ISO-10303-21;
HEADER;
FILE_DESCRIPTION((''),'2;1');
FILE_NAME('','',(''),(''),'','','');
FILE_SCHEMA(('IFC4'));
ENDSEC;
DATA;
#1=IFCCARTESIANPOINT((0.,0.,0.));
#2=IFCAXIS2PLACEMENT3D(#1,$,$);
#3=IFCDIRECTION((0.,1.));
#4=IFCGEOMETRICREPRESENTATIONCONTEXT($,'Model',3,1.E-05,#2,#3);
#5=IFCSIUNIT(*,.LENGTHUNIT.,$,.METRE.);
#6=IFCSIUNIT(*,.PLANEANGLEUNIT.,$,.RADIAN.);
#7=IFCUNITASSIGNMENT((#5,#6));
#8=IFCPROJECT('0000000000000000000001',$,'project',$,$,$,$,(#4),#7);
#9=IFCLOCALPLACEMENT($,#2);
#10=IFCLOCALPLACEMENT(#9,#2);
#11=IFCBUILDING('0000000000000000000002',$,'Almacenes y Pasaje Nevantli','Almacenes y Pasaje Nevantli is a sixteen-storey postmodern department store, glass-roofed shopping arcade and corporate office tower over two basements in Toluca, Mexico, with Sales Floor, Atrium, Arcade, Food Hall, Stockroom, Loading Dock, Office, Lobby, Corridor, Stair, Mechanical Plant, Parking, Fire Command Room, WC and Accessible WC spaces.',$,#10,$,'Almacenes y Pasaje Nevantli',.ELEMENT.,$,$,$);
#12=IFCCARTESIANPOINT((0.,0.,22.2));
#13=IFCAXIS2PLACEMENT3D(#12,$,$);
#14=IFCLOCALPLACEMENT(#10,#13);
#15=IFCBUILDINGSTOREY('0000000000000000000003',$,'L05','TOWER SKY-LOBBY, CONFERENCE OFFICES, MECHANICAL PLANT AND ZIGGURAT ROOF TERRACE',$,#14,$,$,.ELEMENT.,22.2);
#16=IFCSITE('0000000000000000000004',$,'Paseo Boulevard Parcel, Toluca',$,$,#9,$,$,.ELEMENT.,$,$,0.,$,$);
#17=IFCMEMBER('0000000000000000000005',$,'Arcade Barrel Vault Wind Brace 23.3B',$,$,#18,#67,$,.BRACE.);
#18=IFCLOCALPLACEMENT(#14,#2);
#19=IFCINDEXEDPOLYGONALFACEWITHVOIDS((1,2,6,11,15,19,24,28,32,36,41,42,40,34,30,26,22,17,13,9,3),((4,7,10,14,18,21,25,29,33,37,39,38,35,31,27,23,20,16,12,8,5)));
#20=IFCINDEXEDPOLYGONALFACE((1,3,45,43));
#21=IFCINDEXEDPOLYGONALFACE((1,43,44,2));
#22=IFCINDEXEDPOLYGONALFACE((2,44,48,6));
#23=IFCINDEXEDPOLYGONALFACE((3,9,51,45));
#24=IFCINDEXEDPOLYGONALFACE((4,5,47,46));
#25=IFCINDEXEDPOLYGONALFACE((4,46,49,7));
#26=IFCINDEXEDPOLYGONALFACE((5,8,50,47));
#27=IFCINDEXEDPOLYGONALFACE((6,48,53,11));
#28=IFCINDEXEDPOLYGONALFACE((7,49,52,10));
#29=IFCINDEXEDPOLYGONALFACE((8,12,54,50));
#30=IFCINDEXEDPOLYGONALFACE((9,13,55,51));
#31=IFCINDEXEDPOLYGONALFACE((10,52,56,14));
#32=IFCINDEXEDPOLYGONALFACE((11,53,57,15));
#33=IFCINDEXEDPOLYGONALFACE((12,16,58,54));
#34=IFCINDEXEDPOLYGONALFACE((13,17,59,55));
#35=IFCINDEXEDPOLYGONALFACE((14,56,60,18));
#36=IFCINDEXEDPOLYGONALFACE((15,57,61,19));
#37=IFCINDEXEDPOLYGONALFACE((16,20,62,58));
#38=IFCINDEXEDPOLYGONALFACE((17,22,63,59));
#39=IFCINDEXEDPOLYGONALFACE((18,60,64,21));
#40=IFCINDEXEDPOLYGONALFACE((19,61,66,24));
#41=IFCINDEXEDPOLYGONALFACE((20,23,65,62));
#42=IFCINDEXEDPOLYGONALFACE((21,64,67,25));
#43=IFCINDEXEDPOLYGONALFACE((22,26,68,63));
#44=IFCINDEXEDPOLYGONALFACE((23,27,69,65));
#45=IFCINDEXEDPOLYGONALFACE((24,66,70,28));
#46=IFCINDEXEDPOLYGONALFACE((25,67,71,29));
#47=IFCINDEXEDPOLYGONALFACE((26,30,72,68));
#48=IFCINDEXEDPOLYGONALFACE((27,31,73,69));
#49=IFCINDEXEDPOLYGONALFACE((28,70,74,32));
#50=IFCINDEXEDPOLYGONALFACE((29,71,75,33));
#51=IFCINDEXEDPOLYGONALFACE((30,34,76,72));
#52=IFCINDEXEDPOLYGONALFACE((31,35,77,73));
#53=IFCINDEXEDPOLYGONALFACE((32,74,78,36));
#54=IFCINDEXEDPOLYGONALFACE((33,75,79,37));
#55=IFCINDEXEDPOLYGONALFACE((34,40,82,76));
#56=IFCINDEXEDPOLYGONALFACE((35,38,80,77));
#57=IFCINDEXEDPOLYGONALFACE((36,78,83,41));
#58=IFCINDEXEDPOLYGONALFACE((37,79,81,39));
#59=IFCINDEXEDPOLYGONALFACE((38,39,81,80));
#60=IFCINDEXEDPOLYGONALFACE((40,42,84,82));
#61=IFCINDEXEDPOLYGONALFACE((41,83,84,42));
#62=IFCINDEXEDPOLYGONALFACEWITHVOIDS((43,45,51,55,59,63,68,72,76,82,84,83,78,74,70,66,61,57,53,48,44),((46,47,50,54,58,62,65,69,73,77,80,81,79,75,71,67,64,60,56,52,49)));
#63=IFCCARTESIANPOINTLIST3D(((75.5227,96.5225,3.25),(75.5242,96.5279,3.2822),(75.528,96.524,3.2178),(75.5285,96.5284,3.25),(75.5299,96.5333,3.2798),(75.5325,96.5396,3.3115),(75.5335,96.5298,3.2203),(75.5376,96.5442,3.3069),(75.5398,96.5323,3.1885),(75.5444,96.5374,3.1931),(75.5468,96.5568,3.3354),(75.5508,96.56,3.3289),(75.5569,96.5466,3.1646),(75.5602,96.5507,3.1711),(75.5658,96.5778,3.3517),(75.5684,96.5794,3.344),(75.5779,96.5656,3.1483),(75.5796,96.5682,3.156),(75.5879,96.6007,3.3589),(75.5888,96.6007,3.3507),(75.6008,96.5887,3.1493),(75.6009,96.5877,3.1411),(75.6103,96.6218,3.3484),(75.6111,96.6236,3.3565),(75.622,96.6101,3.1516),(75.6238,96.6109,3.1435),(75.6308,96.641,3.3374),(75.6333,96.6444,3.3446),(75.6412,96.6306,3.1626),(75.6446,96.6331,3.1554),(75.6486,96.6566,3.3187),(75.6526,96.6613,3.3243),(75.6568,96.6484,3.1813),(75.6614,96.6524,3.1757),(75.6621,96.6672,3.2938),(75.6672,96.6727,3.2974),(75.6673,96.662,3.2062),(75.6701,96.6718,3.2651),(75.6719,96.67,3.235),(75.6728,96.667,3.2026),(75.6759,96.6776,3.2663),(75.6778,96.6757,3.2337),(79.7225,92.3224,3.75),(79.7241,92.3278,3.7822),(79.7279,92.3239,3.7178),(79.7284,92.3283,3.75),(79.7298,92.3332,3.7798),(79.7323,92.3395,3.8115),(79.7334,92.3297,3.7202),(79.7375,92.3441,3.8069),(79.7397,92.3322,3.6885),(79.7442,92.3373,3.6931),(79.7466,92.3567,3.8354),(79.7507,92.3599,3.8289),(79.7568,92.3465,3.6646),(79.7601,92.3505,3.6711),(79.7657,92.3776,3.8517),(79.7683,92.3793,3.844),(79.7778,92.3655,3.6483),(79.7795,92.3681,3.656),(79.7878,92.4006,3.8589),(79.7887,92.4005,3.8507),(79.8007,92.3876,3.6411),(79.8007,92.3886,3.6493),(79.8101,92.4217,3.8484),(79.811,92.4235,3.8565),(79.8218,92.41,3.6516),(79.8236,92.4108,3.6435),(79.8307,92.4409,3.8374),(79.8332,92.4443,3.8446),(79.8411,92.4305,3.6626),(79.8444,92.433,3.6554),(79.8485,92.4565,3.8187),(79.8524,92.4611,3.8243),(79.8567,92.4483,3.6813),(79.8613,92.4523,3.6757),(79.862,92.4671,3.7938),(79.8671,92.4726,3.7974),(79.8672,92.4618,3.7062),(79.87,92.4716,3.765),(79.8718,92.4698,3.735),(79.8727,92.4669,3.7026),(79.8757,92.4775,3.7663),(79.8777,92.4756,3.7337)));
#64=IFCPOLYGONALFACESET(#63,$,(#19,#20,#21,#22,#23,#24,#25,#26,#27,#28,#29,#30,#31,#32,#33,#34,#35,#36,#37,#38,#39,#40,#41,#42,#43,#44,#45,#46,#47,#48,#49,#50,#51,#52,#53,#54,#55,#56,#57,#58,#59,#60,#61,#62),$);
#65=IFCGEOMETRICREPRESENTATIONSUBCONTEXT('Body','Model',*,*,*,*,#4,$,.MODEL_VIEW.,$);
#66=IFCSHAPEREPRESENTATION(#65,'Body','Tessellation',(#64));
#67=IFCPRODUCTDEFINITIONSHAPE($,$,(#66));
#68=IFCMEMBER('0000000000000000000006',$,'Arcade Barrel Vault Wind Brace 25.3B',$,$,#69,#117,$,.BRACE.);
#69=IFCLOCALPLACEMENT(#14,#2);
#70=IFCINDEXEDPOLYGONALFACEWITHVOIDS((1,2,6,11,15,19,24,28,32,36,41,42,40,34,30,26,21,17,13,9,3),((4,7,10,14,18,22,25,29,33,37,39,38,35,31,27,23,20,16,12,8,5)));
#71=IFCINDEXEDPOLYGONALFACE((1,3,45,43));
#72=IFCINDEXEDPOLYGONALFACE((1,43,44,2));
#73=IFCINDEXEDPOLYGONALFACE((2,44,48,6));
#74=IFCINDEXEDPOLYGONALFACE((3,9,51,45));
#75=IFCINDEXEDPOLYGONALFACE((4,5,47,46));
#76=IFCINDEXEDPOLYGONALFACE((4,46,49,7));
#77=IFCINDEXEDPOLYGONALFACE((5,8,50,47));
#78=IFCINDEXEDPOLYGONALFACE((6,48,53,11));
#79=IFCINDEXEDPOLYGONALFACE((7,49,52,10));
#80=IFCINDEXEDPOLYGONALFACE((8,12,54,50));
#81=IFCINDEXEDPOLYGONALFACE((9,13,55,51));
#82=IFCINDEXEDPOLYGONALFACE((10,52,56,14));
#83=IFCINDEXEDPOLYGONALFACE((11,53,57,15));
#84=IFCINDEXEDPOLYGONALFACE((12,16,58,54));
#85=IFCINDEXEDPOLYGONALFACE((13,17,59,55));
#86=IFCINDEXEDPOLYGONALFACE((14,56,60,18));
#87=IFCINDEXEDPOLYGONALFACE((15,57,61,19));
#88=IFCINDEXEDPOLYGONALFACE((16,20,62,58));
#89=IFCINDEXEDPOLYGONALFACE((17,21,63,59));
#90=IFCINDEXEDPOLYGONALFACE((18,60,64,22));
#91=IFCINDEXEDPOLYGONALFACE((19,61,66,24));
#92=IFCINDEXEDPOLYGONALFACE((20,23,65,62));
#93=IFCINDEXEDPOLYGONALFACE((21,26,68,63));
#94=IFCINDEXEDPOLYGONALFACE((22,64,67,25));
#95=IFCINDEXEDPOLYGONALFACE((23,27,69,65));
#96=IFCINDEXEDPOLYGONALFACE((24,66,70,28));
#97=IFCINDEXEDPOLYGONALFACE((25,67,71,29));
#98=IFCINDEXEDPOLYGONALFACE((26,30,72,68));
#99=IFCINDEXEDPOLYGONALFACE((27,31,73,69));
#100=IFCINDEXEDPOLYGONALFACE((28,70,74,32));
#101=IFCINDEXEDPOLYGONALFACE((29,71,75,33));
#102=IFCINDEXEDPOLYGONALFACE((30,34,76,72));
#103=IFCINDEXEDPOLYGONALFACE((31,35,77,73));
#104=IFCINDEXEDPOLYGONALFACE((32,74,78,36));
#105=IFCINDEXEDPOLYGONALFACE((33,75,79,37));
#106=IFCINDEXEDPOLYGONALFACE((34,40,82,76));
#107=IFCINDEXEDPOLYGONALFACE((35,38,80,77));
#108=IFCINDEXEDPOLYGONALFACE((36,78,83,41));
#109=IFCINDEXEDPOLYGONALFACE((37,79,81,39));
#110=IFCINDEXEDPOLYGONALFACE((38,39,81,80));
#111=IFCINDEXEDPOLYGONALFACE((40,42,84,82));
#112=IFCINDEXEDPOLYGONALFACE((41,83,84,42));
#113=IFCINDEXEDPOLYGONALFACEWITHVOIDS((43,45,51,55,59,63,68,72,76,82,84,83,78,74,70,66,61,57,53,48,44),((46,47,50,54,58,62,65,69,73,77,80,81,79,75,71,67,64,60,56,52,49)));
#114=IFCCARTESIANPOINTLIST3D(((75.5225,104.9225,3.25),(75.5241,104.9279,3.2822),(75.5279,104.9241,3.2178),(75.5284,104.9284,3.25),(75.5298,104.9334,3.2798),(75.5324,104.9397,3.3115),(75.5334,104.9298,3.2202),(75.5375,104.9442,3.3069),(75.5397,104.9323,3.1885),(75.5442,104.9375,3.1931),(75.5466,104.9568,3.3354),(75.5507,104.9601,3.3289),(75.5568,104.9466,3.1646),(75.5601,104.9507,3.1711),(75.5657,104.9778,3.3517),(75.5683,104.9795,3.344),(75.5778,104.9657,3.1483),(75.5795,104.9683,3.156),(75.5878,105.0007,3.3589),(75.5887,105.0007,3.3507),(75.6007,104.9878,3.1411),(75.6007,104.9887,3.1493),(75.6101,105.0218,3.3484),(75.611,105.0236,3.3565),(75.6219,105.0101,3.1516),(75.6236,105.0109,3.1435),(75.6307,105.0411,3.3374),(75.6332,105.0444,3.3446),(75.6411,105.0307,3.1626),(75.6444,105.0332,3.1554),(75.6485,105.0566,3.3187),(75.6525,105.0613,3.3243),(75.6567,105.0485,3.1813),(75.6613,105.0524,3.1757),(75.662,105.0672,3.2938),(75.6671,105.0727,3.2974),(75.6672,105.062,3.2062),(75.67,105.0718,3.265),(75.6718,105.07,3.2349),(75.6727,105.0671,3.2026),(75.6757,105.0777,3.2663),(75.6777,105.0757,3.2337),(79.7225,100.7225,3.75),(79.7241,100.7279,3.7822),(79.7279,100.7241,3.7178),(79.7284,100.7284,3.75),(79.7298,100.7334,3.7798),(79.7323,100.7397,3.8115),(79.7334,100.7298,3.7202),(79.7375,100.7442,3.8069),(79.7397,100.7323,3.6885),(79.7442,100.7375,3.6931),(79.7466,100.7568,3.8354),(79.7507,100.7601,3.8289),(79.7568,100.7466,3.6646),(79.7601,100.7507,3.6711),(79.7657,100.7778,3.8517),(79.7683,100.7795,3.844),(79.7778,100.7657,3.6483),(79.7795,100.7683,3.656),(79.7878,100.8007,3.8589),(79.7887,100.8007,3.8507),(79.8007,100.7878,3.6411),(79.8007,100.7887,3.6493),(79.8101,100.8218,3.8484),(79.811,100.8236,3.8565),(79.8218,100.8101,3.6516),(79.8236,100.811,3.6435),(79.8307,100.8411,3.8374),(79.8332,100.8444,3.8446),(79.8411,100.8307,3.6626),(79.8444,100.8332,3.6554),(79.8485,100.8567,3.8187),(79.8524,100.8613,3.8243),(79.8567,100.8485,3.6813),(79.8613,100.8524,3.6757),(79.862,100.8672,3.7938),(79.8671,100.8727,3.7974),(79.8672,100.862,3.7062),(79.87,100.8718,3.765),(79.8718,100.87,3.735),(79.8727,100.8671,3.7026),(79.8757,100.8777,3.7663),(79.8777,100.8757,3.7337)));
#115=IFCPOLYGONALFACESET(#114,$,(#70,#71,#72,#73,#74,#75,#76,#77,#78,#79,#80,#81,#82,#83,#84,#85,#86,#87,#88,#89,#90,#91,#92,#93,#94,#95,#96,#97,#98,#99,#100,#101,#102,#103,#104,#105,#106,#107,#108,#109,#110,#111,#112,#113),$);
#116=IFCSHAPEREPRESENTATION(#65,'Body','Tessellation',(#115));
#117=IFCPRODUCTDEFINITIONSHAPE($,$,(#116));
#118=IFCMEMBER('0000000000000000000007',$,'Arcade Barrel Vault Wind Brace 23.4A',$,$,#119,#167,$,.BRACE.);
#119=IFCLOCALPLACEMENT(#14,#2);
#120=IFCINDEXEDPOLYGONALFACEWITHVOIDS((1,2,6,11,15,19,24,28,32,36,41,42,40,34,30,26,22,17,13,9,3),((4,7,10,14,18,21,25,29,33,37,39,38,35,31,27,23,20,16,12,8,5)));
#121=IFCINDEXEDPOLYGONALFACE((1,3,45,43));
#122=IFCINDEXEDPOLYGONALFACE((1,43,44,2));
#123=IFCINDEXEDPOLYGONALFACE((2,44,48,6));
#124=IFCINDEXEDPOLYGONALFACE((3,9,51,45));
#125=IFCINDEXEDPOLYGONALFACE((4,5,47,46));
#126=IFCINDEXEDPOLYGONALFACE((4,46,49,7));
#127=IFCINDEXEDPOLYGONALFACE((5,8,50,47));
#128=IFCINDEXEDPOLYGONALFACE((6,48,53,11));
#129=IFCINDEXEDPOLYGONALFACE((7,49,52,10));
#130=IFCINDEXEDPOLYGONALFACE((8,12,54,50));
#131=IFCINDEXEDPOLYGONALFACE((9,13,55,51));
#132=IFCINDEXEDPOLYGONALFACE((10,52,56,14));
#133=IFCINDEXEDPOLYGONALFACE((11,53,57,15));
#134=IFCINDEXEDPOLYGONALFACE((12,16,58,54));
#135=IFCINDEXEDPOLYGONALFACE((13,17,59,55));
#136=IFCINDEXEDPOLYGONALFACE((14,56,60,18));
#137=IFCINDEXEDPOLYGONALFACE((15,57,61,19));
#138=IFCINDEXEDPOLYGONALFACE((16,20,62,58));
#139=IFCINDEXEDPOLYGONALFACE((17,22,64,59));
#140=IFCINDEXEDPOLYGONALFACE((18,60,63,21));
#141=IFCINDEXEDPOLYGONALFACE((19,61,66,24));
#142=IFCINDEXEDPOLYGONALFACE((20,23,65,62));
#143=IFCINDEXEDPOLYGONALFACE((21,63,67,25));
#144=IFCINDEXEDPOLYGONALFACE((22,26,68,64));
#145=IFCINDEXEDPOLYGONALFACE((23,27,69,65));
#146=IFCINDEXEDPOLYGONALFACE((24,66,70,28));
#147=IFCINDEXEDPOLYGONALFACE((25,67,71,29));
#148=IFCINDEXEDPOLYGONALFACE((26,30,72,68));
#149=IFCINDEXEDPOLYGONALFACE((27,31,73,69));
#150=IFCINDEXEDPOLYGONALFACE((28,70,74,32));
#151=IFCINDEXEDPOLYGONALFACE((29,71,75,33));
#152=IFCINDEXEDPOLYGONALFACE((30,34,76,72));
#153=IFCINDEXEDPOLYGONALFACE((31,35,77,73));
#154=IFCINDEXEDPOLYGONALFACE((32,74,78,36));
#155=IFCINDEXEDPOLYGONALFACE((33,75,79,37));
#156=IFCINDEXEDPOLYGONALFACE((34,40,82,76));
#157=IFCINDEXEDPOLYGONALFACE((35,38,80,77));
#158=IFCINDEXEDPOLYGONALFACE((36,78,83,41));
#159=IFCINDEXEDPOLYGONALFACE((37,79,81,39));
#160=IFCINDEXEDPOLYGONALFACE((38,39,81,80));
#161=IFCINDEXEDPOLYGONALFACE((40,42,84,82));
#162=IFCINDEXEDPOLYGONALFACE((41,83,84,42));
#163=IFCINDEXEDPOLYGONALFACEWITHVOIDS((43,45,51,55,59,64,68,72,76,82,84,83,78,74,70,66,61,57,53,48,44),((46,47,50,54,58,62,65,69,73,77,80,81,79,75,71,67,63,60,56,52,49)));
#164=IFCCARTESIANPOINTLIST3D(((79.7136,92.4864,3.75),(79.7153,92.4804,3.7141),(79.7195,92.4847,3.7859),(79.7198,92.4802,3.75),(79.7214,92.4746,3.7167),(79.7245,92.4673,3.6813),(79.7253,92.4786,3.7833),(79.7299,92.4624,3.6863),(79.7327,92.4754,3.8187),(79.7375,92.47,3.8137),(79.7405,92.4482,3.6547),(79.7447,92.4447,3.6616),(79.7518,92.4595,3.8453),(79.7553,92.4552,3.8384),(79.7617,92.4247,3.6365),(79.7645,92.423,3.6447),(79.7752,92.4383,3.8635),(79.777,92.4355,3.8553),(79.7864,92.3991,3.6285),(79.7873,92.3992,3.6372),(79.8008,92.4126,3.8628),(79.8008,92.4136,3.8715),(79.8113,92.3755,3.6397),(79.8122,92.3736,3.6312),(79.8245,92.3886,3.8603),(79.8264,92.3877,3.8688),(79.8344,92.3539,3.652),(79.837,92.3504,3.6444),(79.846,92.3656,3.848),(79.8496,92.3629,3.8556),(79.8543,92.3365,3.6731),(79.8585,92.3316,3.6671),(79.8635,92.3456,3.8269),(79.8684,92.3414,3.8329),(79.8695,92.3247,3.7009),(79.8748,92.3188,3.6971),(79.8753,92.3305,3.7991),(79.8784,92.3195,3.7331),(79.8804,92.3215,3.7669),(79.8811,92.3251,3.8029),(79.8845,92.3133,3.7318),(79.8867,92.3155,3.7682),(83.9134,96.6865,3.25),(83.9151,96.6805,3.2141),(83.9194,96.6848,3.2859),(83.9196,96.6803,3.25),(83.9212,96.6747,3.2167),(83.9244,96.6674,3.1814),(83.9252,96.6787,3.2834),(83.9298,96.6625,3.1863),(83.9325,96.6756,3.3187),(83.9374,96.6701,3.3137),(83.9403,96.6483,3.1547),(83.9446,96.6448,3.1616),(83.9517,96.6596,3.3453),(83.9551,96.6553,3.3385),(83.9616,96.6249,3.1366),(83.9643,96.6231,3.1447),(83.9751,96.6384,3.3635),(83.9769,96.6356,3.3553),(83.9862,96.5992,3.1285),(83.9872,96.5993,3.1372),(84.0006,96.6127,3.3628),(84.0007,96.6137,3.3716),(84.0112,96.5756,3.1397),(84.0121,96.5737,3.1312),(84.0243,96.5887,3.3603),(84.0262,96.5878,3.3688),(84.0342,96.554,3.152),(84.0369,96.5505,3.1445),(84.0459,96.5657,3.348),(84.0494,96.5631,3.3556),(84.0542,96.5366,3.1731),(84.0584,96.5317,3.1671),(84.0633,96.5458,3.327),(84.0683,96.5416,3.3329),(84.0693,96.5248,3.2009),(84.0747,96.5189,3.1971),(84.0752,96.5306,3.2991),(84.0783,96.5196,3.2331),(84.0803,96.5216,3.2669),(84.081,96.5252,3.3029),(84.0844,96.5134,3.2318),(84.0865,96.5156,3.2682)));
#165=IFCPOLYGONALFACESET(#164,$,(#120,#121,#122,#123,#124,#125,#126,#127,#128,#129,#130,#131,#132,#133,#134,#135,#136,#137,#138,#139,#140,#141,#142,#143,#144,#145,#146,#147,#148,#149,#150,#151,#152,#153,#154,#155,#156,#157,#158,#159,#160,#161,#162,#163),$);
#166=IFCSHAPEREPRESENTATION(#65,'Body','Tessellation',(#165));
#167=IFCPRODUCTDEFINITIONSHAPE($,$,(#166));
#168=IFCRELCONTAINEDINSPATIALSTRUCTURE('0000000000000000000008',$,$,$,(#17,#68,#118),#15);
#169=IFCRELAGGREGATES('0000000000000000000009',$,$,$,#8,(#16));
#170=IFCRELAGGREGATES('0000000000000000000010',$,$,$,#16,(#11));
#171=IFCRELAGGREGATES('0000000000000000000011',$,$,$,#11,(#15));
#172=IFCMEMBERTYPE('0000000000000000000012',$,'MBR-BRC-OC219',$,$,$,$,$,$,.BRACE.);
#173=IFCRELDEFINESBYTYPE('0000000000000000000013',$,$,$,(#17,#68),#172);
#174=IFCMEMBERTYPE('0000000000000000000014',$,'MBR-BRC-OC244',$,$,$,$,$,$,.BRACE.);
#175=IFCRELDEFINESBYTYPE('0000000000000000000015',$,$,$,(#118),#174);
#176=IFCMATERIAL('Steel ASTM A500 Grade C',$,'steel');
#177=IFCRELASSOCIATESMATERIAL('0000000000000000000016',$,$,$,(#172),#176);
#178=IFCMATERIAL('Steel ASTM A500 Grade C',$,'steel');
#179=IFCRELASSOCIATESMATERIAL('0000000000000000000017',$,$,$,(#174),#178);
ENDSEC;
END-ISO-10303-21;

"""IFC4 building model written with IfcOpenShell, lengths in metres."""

from ifc_helpers import new_model, si_unit, direction, frame, origin, origin_2d, place, context, subcontext, project, spatial, hollow_circle, extrude, material, material_profile, profile_set, type_object, element, save


model = new_model("IFC4")

# Units and contexts
model_context = context("Model", 3, precision=1e-05, world=origin(), true_north=direction((0.0, 1.0)))
body_context = subcontext(model_context, "Body", "Model", "MODEL_VIEW")
ifc_project = project(units=[si_unit("LENGTHUNIT", "METRE"), si_unit("PLANEANGLEUNIT", "RADIAN")], contexts=[model_context])

# Site, building, storey
site_placement = place(None, origin())
site = spatial("IfcSite", under=ifc_project, at=site_placement, Name="Paseo Boulevard Parcel, Toluca", CompositionType="ELEMENT", RefElevation=0.0)
building_placement = place(site_placement, origin())
building = spatial("IfcBuilding", under=site, at=building_placement, Name="Almacenes y Pasaje Nevantli", Description="Almacenes y Pasaje Nevantli is a sixteen-storey postmodern department store, glass-roofed shopping arcade and corporate office tower over two basements in Toluca, Mexico, with Sales Floor, Atrium, Arcade, Food Hall, Stockroom, Loading Dock, Office, Lobby, Corridor, Stair, Mechanical Plant, Parking, Fire Command Room, WC and Accessible WC spaces.", LongName="Almacenes y Pasaje Nevantli", CompositionType="ELEMENT")
storey_placement = place(building_placement, frame((0.0, 0.0, 22.2)))
storey = spatial("IfcBuildingStorey", under=building, at=storey_placement, Name="L05", Description="TOWER SKY-LOBBY, CONFERENCE OFFICES, MECHANICAL PLANT AND ZIGGURAT ROOF TERRACE", CompositionType="ELEMENT", Elevation=22.2)

# Members
ifc_material_1 = material(Name="Steel ASTM A500 Grade C", Category="steel")
ifc_material_profile_1 = material_profile(ifc_material_1, hollow_circle(Radius=0.1096, WallThickness=0.0083, at=origin_2d()), Name="OC 219x8.2")
ifc_profile_set_1 = profile_set([ifc_material_profile_1], Name="Steel ASTM A500 Grade C")
member_type_1 = type_object("IfcMemberType", Name="MBR-BRC-OC219", PredefinedType="BRACE", material=ifc_profile_set_1)
for number, where, z_axis, x_axis, name in (
    (1, (79.8, 92.3999, 3.75), (-0.704594, 0.704635, -0.083881), (-0.707127, -0.707086, 0.0), "Arcade Barrel Vault Wind Brace 23.3B"),
    (2, (79.8, 100.8, 3.75), (-0.704615, 0.704615, -0.083884), (-0.707107, -0.707107, 0.0), "Arcade Barrel Vault Wind Brace 25.3B"),
):
    element("IfcMember", number, at=place(storey_placement, frame(where, z_axis=z_axis, x_axis=x_axis)), inside=storey, type_object=member_type_1, Name=name, PredefinedType="BRACE", context=body_context, shape_type="SweptSolid", body=[
        extrude(hollow_circle(Radius=0.1096, WallThickness=0.0083, at=origin_2d()), origin(), (0.0, 0.0, 1.0), 5.9607),
    ])
ifc_material_2 = material(Name="Steel ASTM A500 Grade C", Category="steel")
ifc_material_profile_2 = material_profile(ifc_material_2, hollow_circle(Radius=0.1223, WallThickness=0.0088, at=origin_2d()), Name="OC 244x8.9")
ifc_profile_set_2 = profile_set([ifc_material_profile_2], Name="Steel ASTM A500 Grade C")
member_type_2 = type_object("IfcMemberType", Name="MBR-BRC-OC244", PredefinedType="BRACE", material=ifc_profile_set_2)
for number, where, z_axis, x_axis, name in (
    (3, (79.8, 92.3999, 3.75), (0.704594, 0.704635, -0.083881), (-0.707127, 0.707086, 0.0), "Arcade Barrel Vault Wind Brace 23.4A"),
):
    element("IfcMember", number, at=place(storey_placement, frame(where, z_axis=z_axis, x_axis=x_axis)), inside=storey, type_object=member_type_2, Name=name, PredefinedType="BRACE", context=body_context, shape_type="SweptSolid", body=[
        extrude(hollow_circle(Radius=0.1223, WallThickness=0.0088, at=origin_2d()), origin(), (0.0, 0.0, 1.0), 5.9607),
    ])

save(model, "model.ifc")
